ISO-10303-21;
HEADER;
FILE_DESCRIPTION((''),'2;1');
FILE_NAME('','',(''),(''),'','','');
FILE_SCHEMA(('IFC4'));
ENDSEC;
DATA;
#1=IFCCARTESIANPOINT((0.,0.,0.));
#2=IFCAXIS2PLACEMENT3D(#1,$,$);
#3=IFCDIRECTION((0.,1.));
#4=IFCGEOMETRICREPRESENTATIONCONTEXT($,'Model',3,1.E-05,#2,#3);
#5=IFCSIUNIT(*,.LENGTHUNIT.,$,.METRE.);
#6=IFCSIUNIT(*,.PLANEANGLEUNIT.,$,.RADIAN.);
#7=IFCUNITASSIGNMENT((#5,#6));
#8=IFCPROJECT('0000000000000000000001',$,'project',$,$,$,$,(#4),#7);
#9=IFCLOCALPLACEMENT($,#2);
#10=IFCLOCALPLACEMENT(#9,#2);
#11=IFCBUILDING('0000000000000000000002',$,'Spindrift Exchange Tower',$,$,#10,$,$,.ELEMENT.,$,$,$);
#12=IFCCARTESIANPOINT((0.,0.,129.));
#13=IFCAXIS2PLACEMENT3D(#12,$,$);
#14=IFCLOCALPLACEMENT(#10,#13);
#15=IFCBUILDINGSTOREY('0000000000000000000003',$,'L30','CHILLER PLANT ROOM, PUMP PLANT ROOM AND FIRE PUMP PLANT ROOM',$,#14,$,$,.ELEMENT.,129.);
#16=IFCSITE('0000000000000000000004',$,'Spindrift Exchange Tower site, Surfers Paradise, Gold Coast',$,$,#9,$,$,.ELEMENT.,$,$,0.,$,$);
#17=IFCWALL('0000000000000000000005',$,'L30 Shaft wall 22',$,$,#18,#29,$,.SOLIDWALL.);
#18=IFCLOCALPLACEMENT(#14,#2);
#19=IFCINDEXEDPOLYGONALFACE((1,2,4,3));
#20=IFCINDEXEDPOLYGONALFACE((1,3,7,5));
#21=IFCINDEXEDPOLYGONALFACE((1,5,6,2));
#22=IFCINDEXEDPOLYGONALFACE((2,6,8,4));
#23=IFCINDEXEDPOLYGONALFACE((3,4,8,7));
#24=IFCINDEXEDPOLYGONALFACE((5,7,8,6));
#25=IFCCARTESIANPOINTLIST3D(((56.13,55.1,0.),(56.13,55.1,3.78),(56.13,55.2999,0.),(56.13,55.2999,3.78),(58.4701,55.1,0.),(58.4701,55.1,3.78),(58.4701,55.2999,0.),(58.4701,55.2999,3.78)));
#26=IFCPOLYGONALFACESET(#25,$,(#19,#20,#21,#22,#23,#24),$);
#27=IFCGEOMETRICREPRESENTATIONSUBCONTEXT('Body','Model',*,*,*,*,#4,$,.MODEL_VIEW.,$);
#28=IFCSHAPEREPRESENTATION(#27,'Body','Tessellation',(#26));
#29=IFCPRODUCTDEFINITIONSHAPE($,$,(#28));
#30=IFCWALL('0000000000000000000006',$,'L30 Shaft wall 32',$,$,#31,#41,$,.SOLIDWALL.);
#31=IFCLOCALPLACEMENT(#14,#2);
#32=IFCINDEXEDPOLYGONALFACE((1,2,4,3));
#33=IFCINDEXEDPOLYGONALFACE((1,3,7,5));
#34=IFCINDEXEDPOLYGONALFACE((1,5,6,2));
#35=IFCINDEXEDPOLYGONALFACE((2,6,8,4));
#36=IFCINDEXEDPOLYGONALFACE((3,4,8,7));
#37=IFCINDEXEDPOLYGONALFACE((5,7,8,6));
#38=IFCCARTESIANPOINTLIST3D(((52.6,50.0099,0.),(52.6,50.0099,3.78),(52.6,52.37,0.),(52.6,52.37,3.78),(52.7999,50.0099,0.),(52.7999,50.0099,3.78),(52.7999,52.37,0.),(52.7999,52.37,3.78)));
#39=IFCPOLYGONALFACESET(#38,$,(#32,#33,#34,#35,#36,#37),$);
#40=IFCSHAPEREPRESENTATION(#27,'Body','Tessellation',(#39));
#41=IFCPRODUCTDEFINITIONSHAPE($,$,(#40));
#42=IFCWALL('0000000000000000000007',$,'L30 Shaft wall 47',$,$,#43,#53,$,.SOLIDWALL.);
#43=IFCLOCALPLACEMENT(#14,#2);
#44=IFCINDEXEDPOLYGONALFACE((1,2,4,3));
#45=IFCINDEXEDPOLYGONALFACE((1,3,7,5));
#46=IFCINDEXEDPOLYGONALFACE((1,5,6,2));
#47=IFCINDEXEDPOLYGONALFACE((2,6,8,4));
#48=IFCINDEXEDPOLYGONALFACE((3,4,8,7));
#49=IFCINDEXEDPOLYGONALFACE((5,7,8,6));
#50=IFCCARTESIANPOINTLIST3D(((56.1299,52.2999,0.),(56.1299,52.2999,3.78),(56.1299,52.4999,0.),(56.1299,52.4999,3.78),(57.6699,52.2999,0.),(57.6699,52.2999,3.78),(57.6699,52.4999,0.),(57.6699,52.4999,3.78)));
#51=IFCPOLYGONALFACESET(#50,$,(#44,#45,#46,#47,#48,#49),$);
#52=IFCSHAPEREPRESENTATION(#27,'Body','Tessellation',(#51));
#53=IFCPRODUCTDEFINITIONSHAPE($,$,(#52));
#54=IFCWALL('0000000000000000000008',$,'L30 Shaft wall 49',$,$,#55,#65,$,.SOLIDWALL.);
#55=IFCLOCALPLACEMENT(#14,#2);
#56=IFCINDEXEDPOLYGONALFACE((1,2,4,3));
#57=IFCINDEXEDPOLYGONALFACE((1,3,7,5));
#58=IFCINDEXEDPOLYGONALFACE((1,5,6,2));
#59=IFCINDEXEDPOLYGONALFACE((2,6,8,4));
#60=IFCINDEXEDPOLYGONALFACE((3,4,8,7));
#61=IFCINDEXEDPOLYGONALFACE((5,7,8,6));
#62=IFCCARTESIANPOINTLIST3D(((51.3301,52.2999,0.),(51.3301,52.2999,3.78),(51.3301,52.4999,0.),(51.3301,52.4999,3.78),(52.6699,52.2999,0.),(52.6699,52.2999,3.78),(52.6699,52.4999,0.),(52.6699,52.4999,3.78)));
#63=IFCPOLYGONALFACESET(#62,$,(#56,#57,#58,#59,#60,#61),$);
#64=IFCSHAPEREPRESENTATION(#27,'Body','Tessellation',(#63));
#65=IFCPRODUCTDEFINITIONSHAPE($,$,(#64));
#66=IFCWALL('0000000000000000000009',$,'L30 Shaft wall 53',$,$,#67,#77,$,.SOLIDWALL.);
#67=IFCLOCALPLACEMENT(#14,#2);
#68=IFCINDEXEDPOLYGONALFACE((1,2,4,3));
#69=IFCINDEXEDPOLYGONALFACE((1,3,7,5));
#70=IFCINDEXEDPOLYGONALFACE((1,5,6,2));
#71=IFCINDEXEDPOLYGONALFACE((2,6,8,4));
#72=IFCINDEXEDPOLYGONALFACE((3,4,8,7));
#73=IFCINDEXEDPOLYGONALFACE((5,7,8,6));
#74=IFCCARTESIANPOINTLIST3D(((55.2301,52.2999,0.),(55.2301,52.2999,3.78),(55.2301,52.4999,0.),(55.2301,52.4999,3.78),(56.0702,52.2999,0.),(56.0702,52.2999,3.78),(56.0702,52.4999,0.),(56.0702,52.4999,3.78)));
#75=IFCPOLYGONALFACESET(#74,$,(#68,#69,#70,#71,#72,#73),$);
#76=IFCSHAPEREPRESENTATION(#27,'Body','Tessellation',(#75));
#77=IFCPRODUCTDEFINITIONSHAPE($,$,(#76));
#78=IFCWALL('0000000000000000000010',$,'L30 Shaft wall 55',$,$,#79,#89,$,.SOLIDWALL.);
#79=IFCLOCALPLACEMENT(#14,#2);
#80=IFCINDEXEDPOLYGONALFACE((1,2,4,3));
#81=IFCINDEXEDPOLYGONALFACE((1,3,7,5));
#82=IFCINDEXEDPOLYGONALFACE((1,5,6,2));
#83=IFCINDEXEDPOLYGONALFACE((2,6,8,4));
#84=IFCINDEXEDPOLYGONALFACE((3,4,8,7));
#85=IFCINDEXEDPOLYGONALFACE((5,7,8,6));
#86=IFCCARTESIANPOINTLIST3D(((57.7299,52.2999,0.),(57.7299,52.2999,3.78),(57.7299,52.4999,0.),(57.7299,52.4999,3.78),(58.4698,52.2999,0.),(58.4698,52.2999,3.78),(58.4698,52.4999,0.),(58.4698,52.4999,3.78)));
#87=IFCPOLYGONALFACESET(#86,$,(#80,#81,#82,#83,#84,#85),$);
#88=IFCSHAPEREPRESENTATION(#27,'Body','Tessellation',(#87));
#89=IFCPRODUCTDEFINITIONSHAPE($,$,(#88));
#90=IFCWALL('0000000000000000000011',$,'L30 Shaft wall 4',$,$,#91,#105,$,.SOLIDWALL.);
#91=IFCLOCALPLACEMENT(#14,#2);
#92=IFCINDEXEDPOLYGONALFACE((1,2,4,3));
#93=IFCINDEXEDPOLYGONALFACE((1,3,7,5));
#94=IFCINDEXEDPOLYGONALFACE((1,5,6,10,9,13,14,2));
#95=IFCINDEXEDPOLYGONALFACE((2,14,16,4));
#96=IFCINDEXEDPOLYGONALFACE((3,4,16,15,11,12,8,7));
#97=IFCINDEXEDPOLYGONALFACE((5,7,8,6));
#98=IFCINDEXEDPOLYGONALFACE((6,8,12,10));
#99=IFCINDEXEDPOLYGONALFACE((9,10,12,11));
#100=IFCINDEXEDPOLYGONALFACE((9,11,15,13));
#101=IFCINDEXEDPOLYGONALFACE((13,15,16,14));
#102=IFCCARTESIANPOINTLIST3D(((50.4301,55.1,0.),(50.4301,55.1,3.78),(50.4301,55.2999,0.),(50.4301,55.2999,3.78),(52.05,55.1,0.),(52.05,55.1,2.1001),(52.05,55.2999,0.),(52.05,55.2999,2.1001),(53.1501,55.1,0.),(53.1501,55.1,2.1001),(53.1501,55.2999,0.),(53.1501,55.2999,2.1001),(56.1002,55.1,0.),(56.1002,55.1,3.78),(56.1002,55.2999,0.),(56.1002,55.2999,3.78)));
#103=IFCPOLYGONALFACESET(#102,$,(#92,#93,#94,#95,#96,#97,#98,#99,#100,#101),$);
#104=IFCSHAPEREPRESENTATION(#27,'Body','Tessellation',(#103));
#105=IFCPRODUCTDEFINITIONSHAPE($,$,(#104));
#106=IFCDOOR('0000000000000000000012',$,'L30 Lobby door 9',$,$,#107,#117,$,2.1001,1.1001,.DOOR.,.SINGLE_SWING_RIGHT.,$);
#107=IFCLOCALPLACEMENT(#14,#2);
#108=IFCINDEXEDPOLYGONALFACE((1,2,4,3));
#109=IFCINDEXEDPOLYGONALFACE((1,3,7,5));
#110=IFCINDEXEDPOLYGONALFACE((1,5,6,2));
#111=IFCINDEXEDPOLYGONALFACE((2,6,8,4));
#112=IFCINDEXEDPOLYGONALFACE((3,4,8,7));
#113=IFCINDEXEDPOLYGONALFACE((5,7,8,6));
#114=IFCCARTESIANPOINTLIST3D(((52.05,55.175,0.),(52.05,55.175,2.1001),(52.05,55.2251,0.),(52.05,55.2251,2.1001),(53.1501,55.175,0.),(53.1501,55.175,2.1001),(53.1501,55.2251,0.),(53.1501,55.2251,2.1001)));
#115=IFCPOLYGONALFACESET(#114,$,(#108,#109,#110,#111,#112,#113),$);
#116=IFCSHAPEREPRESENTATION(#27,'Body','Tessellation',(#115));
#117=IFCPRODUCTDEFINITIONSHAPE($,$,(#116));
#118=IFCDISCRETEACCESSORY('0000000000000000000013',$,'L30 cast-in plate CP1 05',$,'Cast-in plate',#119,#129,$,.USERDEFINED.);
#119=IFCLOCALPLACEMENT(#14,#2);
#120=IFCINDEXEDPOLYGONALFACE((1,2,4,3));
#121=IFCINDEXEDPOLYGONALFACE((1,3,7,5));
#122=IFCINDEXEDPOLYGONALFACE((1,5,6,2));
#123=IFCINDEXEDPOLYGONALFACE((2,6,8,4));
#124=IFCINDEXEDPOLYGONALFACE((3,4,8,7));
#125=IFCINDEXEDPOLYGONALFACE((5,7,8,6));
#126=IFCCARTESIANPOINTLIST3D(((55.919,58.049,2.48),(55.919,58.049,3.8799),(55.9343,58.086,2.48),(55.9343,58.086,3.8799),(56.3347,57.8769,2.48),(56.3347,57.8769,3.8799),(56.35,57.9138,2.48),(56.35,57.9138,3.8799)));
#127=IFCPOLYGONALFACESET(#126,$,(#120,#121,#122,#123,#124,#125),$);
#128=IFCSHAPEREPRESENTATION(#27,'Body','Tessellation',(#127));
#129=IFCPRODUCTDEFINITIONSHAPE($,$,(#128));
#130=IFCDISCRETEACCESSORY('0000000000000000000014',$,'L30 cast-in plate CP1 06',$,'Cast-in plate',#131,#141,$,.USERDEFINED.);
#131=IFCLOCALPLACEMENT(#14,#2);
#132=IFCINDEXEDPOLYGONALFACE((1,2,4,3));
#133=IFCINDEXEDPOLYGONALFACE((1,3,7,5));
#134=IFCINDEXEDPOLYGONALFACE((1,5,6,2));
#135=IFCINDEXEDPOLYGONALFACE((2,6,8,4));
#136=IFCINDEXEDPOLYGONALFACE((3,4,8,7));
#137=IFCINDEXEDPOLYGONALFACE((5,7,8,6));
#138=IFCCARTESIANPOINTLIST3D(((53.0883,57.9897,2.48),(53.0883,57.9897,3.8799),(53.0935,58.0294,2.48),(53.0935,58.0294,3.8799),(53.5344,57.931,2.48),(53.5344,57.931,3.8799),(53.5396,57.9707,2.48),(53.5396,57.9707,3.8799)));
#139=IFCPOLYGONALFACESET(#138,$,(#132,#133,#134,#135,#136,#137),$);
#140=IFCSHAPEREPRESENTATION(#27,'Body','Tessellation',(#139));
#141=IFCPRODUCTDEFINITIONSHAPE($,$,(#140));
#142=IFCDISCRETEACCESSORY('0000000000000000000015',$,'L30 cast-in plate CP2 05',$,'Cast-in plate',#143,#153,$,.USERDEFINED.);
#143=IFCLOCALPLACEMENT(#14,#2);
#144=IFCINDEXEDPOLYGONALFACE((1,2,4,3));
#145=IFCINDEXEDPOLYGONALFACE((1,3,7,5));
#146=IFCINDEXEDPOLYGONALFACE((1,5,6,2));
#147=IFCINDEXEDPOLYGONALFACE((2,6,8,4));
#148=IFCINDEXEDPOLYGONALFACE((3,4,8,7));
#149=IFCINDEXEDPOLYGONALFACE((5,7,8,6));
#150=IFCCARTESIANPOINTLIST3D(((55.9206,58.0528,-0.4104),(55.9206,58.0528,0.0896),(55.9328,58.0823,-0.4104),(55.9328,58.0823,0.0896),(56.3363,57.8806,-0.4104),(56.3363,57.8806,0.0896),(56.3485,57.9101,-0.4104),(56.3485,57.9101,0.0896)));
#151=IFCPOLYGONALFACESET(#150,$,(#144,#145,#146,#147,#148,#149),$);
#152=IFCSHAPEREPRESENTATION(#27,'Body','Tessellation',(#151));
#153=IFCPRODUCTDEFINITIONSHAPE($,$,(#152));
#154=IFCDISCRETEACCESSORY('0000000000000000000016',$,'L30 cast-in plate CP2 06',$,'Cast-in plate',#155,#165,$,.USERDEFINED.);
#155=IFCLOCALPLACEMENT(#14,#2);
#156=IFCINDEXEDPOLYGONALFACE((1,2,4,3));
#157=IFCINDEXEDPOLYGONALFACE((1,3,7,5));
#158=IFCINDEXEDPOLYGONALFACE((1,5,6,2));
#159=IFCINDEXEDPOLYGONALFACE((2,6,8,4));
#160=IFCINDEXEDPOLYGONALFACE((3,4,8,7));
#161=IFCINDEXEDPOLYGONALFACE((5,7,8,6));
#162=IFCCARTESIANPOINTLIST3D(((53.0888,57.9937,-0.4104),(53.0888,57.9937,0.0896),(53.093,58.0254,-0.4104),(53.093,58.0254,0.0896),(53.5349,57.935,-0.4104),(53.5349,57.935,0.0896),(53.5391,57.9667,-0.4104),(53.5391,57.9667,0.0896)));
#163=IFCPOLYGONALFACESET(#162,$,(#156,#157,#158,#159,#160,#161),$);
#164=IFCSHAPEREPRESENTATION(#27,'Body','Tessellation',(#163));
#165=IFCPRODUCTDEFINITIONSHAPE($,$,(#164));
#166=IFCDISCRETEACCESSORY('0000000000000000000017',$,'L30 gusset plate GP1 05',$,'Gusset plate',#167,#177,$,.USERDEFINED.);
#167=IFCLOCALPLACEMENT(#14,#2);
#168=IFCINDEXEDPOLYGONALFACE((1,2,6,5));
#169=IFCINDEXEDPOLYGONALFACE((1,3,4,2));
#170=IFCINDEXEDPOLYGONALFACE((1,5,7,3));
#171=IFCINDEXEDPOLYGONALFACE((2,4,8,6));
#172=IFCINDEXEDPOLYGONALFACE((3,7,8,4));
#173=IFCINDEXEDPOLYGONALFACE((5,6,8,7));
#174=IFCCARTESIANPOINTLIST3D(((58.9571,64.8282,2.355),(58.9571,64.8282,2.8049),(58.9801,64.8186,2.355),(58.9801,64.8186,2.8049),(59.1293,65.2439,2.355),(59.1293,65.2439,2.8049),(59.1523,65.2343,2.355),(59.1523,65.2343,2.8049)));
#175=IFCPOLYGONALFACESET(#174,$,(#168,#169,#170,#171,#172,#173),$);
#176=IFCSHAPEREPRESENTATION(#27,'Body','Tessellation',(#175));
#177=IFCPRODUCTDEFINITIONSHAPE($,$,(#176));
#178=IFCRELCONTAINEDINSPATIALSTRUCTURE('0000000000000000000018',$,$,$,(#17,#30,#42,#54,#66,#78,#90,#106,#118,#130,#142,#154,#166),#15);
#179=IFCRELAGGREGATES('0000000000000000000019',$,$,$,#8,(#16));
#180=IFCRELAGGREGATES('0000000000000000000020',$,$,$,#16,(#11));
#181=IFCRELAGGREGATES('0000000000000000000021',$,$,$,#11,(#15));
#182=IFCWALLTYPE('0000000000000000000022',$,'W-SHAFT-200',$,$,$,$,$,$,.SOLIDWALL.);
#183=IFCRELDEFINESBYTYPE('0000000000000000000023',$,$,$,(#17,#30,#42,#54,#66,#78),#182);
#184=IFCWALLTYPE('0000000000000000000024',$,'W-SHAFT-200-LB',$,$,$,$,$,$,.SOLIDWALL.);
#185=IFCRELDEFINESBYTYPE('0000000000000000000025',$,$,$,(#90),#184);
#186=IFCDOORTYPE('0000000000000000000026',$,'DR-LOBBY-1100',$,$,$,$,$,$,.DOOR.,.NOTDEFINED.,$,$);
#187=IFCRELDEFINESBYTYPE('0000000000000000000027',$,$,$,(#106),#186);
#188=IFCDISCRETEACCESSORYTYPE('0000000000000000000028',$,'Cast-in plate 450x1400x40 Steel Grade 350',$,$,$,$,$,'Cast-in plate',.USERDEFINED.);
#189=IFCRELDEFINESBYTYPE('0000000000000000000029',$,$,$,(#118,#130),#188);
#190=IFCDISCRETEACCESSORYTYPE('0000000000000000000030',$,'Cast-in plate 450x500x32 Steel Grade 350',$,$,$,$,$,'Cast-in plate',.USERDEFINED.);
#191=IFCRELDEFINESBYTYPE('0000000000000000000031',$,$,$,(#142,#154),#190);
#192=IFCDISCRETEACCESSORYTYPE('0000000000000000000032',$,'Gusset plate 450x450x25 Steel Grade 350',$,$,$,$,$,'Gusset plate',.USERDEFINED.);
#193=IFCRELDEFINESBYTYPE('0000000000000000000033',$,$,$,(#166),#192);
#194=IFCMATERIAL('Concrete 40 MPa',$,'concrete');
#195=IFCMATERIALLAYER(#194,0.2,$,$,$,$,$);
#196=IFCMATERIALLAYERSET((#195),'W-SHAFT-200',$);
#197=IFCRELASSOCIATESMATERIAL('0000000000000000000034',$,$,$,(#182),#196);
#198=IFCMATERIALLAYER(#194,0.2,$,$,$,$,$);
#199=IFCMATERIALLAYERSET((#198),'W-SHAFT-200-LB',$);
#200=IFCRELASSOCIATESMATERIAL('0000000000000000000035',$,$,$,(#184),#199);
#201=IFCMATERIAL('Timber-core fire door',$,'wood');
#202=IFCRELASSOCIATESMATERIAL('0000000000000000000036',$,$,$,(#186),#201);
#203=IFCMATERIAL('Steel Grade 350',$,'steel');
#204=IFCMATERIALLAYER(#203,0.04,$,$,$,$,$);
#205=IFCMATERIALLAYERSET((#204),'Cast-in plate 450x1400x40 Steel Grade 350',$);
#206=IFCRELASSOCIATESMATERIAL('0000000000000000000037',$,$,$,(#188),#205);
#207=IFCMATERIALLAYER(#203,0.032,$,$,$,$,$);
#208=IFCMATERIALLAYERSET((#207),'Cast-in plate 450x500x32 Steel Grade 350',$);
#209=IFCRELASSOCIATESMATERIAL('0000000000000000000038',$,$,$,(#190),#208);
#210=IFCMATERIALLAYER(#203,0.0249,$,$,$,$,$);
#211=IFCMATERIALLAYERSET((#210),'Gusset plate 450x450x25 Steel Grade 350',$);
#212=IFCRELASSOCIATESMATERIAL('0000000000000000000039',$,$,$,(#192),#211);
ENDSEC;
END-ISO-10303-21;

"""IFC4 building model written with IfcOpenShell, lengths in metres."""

from ifc_helpers import new_model, si_unit, direction, frame, frame_2d, origin, origin_2d, place, context, subcontext, project, spatial, rectangle, extrude, source, transform, mapped, material, layer, layer_set, type_object, element, fill, save


model = new_model("IFC4")

# Units and contexts
model_context = context("Model", 3, precision=1e-05, world=origin(), true_north=direction((0.0, 1.0)))
body_context = subcontext(model_context, "Body", "Model", "MODEL_VIEW")
ifc_project = project(units=[si_unit("LENGTHUNIT", "METRE"), si_unit("PLANEANGLEUNIT", "RADIAN")], contexts=[model_context])

# Site, building, storey
site_placement = place(None, origin())
site = spatial("IfcSite", under=ifc_project, at=site_placement, Name="Spindrift Exchange Tower site, Surfers Paradise, Gold Coast", CompositionType="ELEMENT", RefElevation=0.0)
building_placement = place(site_placement, origin())
building = spatial("IfcBuilding", under=site, at=building_placement, Name="Spindrift Exchange Tower", CompositionType="ELEMENT")
storey_placement = place(building_placement, frame((0.0, 0.0, 129.0)))
storey = spatial("IfcBuildingStorey", under=building, at=storey_placement, Name="L30", Description="CHILLER PLANT ROOM, PUMP PLANT ROOM AND FIRE PUMP PLANT ROOM", CompositionType="ELEMENT", Elevation=129.0)

# Shared definitions
ifc_material_1 = material(Name="Concrete 40 MPa", Category="concrete")
ifc_layer_1 = layer(ifc_material_1, 0.2)
ifc_layer_set_1 = layer_set([ifc_layer_1], Name="W-SHAFT-200")
wall_type_1 = type_object("IfcWallType", Name="W-SHAFT-200", PredefinedType="SOLIDWALL", material=ifc_layer_set_1)

# Walls
wall_1_placement = place(storey_placement, frame((58.47, 55.2, 0.0), z_axis=(0.0, 0.0, 1.0), x_axis=(-1.0, 0.0, 0.0)))
element("IfcWall", 1, at=wall_1_placement, inside=storey, type_object=wall_type_1, Name="L30 Shaft wall 22", PredefinedType="SOLIDWALL", context=body_context, shape_type="SweptSolid", body=[
    extrude(rectangle(XDim=2.3401, YDim=0.2, at=frame_2d((1.1699, 0.0))), origin(), (0.0, 0.0, 1.0), 3.78),
])
wall_2_placement = place(storey_placement, frame((52.7, 52.3701, 0.0), z_axis=(0.0, 0.0, 1.0), x_axis=(0.0, -1.0, 0.0)))
element("IfcWall", 2, at=wall_2_placement, inside=storey, type_object=wall_type_1, Name="L30 Shaft wall 32", PredefinedType="SOLIDWALL", context=body_context, shape_type="SweptSolid", body=[
    extrude(rectangle(XDim=2.3601, YDim=0.2, at=frame_2d((1.1802, 0.0))), origin(), (0.0, 0.0, 1.0), 3.78),
])
wall_3_placement = place(storey_placement, frame((57.6699, 52.3999, 0.0), z_axis=(0.0, 0.0, 1.0), x_axis=(-1.0, 0.0, 0.0)))
element("IfcWall", 3, at=wall_3_placement, inside=storey, type_object=wall_type_1, Name="L30 Shaft wall 47", PredefinedType="SOLIDWALL", context=body_context, shape_type="SweptSolid", body=[
    extrude(rectangle(XDim=1.54, YDim=0.2, at=frame_2d((0.77, 0.0))), origin(), (0.0, 0.0, 1.0), 3.78),
])
wall_4_placement = place(storey_placement, frame((51.3301, 52.3999, 0.0), z_axis=(0.0, 0.0, 1.0), x_axis=(1.0, 0.0, 0.0)))
element("IfcWall", 4, at=wall_4_placement, inside=storey, type_object=wall_type_1, Name="L30 Shaft wall 49", PredefinedType="SOLIDWALL", context=body_context, shape_type="SweptSolid", body=[
    extrude(rectangle(XDim=1.3398, YDim=0.2, at=frame_2d((0.6699, 0.0))), origin(), (0.0, 0.0, 1.0), 3.78),
])
wall_5_placement = place(storey_placement, frame((56.0701, 52.3999, 0.0), z_axis=(0.0, 0.0, 1.0), x_axis=(-1.0, 0.0, 0.0)))
element("IfcWall", 5, at=wall_5_placement, inside=storey, type_object=wall_type_1, Name="L30 Shaft wall 53", PredefinedType="SOLIDWALL", context=body_context, shape_type="SweptSolid", body=[
    extrude(rectangle(XDim=0.8401, YDim=0.2, at=frame_2d((0.4199, 0.0))), origin(), (0.0, 0.0, 1.0), 3.78),
])
wall_6_placement = place(storey_placement, frame((58.47, 52.3999, 0.0), z_axis=(0.0, 0.0, 1.0), x_axis=(-1.0, 0.0, 0.0)))
element("IfcWall", 6, at=wall_6_placement, inside=storey, type_object=wall_type_1, Name="L30 Shaft wall 55", PredefinedType="SOLIDWALL", context=body_context, shape_type="SweptSolid", body=[
    extrude(rectangle(XDim=0.74, YDim=0.2, at=frame_2d((0.3701, 0.0))), origin(), (0.0, 0.0, 1.0), 3.78),
])

# Wall, opening, door
ifc_layer_2 = layer(ifc_material_1, 0.2)
ifc_layer_set_2 = layer_set([ifc_layer_2], Name="W-SHAFT-200-LB")
wall_type_2 = type_object("IfcWallType", Name="W-SHAFT-200-LB", PredefinedType="SOLIDWALL", material=ifc_layer_set_2)
wall_7_placement = place(storey_placement, frame((56.1001, 55.2, 0.0), z_axis=(0.0, 0.0, 1.0), x_axis=(-1.0, 0.0, 0.0)))
wall_7 = element("IfcWall", 7, at=wall_7_placement, inside=storey, type_object=wall_type_2, Name="L30 Shaft wall 4", PredefinedType="SOLIDWALL", context=body_context, shape_type="SweptSolid", body=[
    extrude(rectangle(XDim=5.6702, YDim=0.2, at=frame_2d((2.835, 0.0))), origin(), (0.0, 0.0, 1.0), 3.78),
])
opening_1_placement = place(wall_7_placement, frame((2.95, 0.0, 0.0)))
opening_1 = element("IfcOpeningElement", 8, at=opening_1_placement, cuts=wall_7, PredefinedType="OPENING", context=body_context, shape_type="SweptSolid", body=[
    extrude(rectangle(XDim=1.1001, YDim=2.1001, at=frame_2d((0.55, 1.05))), frame((0.0, 0.1099, 0.0), z_axis=(0.0, -1.0, 0.0), x_axis=(1.0, 0.0, 0.0)), (0.0, 0.0, 1.0), 0.22),
])
ifc_material_2 = material(Name="Timber-core fire door", Category="wood")
door_type_1 = type_object("IfcDoorType", Name="DR-LOBBY-1100", OperationType="NOTDEFINED", PredefinedType="DOOR", material=ifc_material_2)
shared_shape_1 = source(origin(), body_context, "Body", "SweptSolid", [
    extrude(rectangle(XDim=1.1001, YDim=2.1001, at=frame_2d((0.55, 1.05))), frame((0.0, 0.0249, 0.0), z_axis=(0.0, -1.0, 0.0), x_axis=(1.0, 0.0, 0.0)), (0.0, 0.0, 1.0), 0.05),
])
door_1_placement = place(opening_1_placement, origin())
door_1 = element("IfcDoor", 9, at=door_1_placement, inside=storey, type_object=door_type_1, Name="L30 Lobby door 9", OperationType="SINGLE_SWING_RIGHT", OverallHeight=2.1001, OverallWidth=1.1001, PredefinedType="DOOR", context=body_context, shape_type="MappedRepresentation", body=[
    mapped(shared_shape_1, transform((0.0, 0.0, 0.0), scale=1.0)),
])
fill(opening_1, door_1)

# Discrete accessories
ifc_material_3 = material(Name="Steel Grade 350", Category="steel")
ifc_layer_3 = layer(ifc_material_3, 0.04)
ifc_layer_set_3 = layer_set([ifc_layer_3], Name="Cast-in plate 450x1400x40 Steel Grade 350")
discrete_accessory_type_1 = type_object("IfcDiscreteAccessoryType", Name="Cast-in plate 450x1400x40 Steel Grade 350", ElementType="Cast-in plate", PredefinedType="USERDEFINED", material=ifc_layer_set_3)
shared_shape_2 = source(origin(), body_context, "Body", "SweptSolid", [
    extrude(rectangle(XDim=0.04, YDim=0.45, at=origin_2d()), origin(), (0.0, 0.0, 1.0), 1.3999),
])
for number, where, z_axis, x_axis, name in (
    (10, (56.1345, 57.9814, 2.48), (0.0, 0.0, 1.0), (0.382683, 0.92388, 0.0), "L30 cast-in plate CP1 05"),
    (11, (53.314, 57.9802, 2.48), (0.0, 0.0, 1.0), (0.130526, 0.991445, 0.0), "L30 cast-in plate CP1 06"),
):
    element("IfcDiscreteAccessory", number, at=place(storey_placement, frame(where, z_axis=z_axis, x_axis=x_axis)), inside=storey, type_object=discrete_accessory_type_1, Name=name, ObjectType="Cast-in plate", PredefinedType="USERDEFINED", context=body_context, shape_type="MappedRepresentation", body=[
        mapped(shared_shape_2, transform((0.0, 0.0, 0.0), scale=1.0)),
    ])
ifc_layer_4 = layer(ifc_material_3, 0.032)
ifc_layer_set_4 = layer_set([ifc_layer_4], Name="Cast-in plate 450x500x32 Steel Grade 350")
discrete_accessory_type_2 = type_object("IfcDiscreteAccessoryType", Name="Cast-in plate 450x500x32 Steel Grade 350", ElementType="Cast-in plate", PredefinedType="USERDEFINED", material=ifc_layer_set_4)
shared_shape_3 = source(origin(), body_context, "Body", "SweptSolid", [
    extrude(rectangle(XDim=0.032, YDim=0.45, at=origin_2d()), origin(), (0.0, 0.0, 1.0), 0.5),
])
for number, where, z_axis, x_axis, name in (
    (12, (56.1345, 57.9814, -0.4104), (0.0, 0.0, 1.0), (0.382683, 0.92388, 0.0), "L30 cast-in plate CP2 05"),
    (13, (53.314, 57.9802, -0.4104), (0.0, 0.0, 1.0), (0.130526, 0.991445, 0.0), "L30 cast-in plate CP2 06"),
):
    element("IfcDiscreteAccessory", number, at=place(storey_placement, frame(where, z_axis=z_axis, x_axis=x_axis)), inside=storey, type_object=discrete_accessory_type_2, Name=name, ObjectType="Cast-in plate", PredefinedType="USERDEFINED", context=body_context, shape_type="MappedRepresentation", body=[
        mapped(shared_shape_3, transform((0.0, 0.0, 0.0), scale=1.0)),
    ])
ifc_layer_5 = layer(ifc_material_3, 0.0249)
ifc_layer_set_5 = layer_set([ifc_layer_5], Name="Gusset plate 450x450x25 Steel Grade 350")
discrete_accessory_type_3 = type_object("IfcDiscreteAccessoryType", Name="Gusset plate 450x450x25 Steel Grade 350", ElementType="Gusset plate", PredefinedType="USERDEFINED", material=ifc_layer_set_5)
shared_shape_4 = source(origin(), body_context, "Body", "SweptSolid", [
    extrude(rectangle(XDim=0.45, YDim=0.0249, at=origin_2d()), origin(), (0.0, 0.0, 1.0), 0.45),
])
discrete_accessory_placement = place(storey_placement, frame((59.0547, 65.0312, 2.355), z_axis=(0.0, 0.0, 1.0), x_axis=(0.382679, 0.923882, 0.0)))
element("IfcDiscreteAccessory", 14, at=discrete_accessory_placement, inside=storey, type_object=discrete_accessory_type_3, Name="L30 gusset plate GP1 05", ObjectType="Gusset plate", PredefinedType="USERDEFINED", context=body_context, shape_type="MappedRepresentation", body=[
    mapped(shared_shape_4, transform((0.0, 0.0, 0.0), scale=1.0)),
])

save(model, "model.ifc")
